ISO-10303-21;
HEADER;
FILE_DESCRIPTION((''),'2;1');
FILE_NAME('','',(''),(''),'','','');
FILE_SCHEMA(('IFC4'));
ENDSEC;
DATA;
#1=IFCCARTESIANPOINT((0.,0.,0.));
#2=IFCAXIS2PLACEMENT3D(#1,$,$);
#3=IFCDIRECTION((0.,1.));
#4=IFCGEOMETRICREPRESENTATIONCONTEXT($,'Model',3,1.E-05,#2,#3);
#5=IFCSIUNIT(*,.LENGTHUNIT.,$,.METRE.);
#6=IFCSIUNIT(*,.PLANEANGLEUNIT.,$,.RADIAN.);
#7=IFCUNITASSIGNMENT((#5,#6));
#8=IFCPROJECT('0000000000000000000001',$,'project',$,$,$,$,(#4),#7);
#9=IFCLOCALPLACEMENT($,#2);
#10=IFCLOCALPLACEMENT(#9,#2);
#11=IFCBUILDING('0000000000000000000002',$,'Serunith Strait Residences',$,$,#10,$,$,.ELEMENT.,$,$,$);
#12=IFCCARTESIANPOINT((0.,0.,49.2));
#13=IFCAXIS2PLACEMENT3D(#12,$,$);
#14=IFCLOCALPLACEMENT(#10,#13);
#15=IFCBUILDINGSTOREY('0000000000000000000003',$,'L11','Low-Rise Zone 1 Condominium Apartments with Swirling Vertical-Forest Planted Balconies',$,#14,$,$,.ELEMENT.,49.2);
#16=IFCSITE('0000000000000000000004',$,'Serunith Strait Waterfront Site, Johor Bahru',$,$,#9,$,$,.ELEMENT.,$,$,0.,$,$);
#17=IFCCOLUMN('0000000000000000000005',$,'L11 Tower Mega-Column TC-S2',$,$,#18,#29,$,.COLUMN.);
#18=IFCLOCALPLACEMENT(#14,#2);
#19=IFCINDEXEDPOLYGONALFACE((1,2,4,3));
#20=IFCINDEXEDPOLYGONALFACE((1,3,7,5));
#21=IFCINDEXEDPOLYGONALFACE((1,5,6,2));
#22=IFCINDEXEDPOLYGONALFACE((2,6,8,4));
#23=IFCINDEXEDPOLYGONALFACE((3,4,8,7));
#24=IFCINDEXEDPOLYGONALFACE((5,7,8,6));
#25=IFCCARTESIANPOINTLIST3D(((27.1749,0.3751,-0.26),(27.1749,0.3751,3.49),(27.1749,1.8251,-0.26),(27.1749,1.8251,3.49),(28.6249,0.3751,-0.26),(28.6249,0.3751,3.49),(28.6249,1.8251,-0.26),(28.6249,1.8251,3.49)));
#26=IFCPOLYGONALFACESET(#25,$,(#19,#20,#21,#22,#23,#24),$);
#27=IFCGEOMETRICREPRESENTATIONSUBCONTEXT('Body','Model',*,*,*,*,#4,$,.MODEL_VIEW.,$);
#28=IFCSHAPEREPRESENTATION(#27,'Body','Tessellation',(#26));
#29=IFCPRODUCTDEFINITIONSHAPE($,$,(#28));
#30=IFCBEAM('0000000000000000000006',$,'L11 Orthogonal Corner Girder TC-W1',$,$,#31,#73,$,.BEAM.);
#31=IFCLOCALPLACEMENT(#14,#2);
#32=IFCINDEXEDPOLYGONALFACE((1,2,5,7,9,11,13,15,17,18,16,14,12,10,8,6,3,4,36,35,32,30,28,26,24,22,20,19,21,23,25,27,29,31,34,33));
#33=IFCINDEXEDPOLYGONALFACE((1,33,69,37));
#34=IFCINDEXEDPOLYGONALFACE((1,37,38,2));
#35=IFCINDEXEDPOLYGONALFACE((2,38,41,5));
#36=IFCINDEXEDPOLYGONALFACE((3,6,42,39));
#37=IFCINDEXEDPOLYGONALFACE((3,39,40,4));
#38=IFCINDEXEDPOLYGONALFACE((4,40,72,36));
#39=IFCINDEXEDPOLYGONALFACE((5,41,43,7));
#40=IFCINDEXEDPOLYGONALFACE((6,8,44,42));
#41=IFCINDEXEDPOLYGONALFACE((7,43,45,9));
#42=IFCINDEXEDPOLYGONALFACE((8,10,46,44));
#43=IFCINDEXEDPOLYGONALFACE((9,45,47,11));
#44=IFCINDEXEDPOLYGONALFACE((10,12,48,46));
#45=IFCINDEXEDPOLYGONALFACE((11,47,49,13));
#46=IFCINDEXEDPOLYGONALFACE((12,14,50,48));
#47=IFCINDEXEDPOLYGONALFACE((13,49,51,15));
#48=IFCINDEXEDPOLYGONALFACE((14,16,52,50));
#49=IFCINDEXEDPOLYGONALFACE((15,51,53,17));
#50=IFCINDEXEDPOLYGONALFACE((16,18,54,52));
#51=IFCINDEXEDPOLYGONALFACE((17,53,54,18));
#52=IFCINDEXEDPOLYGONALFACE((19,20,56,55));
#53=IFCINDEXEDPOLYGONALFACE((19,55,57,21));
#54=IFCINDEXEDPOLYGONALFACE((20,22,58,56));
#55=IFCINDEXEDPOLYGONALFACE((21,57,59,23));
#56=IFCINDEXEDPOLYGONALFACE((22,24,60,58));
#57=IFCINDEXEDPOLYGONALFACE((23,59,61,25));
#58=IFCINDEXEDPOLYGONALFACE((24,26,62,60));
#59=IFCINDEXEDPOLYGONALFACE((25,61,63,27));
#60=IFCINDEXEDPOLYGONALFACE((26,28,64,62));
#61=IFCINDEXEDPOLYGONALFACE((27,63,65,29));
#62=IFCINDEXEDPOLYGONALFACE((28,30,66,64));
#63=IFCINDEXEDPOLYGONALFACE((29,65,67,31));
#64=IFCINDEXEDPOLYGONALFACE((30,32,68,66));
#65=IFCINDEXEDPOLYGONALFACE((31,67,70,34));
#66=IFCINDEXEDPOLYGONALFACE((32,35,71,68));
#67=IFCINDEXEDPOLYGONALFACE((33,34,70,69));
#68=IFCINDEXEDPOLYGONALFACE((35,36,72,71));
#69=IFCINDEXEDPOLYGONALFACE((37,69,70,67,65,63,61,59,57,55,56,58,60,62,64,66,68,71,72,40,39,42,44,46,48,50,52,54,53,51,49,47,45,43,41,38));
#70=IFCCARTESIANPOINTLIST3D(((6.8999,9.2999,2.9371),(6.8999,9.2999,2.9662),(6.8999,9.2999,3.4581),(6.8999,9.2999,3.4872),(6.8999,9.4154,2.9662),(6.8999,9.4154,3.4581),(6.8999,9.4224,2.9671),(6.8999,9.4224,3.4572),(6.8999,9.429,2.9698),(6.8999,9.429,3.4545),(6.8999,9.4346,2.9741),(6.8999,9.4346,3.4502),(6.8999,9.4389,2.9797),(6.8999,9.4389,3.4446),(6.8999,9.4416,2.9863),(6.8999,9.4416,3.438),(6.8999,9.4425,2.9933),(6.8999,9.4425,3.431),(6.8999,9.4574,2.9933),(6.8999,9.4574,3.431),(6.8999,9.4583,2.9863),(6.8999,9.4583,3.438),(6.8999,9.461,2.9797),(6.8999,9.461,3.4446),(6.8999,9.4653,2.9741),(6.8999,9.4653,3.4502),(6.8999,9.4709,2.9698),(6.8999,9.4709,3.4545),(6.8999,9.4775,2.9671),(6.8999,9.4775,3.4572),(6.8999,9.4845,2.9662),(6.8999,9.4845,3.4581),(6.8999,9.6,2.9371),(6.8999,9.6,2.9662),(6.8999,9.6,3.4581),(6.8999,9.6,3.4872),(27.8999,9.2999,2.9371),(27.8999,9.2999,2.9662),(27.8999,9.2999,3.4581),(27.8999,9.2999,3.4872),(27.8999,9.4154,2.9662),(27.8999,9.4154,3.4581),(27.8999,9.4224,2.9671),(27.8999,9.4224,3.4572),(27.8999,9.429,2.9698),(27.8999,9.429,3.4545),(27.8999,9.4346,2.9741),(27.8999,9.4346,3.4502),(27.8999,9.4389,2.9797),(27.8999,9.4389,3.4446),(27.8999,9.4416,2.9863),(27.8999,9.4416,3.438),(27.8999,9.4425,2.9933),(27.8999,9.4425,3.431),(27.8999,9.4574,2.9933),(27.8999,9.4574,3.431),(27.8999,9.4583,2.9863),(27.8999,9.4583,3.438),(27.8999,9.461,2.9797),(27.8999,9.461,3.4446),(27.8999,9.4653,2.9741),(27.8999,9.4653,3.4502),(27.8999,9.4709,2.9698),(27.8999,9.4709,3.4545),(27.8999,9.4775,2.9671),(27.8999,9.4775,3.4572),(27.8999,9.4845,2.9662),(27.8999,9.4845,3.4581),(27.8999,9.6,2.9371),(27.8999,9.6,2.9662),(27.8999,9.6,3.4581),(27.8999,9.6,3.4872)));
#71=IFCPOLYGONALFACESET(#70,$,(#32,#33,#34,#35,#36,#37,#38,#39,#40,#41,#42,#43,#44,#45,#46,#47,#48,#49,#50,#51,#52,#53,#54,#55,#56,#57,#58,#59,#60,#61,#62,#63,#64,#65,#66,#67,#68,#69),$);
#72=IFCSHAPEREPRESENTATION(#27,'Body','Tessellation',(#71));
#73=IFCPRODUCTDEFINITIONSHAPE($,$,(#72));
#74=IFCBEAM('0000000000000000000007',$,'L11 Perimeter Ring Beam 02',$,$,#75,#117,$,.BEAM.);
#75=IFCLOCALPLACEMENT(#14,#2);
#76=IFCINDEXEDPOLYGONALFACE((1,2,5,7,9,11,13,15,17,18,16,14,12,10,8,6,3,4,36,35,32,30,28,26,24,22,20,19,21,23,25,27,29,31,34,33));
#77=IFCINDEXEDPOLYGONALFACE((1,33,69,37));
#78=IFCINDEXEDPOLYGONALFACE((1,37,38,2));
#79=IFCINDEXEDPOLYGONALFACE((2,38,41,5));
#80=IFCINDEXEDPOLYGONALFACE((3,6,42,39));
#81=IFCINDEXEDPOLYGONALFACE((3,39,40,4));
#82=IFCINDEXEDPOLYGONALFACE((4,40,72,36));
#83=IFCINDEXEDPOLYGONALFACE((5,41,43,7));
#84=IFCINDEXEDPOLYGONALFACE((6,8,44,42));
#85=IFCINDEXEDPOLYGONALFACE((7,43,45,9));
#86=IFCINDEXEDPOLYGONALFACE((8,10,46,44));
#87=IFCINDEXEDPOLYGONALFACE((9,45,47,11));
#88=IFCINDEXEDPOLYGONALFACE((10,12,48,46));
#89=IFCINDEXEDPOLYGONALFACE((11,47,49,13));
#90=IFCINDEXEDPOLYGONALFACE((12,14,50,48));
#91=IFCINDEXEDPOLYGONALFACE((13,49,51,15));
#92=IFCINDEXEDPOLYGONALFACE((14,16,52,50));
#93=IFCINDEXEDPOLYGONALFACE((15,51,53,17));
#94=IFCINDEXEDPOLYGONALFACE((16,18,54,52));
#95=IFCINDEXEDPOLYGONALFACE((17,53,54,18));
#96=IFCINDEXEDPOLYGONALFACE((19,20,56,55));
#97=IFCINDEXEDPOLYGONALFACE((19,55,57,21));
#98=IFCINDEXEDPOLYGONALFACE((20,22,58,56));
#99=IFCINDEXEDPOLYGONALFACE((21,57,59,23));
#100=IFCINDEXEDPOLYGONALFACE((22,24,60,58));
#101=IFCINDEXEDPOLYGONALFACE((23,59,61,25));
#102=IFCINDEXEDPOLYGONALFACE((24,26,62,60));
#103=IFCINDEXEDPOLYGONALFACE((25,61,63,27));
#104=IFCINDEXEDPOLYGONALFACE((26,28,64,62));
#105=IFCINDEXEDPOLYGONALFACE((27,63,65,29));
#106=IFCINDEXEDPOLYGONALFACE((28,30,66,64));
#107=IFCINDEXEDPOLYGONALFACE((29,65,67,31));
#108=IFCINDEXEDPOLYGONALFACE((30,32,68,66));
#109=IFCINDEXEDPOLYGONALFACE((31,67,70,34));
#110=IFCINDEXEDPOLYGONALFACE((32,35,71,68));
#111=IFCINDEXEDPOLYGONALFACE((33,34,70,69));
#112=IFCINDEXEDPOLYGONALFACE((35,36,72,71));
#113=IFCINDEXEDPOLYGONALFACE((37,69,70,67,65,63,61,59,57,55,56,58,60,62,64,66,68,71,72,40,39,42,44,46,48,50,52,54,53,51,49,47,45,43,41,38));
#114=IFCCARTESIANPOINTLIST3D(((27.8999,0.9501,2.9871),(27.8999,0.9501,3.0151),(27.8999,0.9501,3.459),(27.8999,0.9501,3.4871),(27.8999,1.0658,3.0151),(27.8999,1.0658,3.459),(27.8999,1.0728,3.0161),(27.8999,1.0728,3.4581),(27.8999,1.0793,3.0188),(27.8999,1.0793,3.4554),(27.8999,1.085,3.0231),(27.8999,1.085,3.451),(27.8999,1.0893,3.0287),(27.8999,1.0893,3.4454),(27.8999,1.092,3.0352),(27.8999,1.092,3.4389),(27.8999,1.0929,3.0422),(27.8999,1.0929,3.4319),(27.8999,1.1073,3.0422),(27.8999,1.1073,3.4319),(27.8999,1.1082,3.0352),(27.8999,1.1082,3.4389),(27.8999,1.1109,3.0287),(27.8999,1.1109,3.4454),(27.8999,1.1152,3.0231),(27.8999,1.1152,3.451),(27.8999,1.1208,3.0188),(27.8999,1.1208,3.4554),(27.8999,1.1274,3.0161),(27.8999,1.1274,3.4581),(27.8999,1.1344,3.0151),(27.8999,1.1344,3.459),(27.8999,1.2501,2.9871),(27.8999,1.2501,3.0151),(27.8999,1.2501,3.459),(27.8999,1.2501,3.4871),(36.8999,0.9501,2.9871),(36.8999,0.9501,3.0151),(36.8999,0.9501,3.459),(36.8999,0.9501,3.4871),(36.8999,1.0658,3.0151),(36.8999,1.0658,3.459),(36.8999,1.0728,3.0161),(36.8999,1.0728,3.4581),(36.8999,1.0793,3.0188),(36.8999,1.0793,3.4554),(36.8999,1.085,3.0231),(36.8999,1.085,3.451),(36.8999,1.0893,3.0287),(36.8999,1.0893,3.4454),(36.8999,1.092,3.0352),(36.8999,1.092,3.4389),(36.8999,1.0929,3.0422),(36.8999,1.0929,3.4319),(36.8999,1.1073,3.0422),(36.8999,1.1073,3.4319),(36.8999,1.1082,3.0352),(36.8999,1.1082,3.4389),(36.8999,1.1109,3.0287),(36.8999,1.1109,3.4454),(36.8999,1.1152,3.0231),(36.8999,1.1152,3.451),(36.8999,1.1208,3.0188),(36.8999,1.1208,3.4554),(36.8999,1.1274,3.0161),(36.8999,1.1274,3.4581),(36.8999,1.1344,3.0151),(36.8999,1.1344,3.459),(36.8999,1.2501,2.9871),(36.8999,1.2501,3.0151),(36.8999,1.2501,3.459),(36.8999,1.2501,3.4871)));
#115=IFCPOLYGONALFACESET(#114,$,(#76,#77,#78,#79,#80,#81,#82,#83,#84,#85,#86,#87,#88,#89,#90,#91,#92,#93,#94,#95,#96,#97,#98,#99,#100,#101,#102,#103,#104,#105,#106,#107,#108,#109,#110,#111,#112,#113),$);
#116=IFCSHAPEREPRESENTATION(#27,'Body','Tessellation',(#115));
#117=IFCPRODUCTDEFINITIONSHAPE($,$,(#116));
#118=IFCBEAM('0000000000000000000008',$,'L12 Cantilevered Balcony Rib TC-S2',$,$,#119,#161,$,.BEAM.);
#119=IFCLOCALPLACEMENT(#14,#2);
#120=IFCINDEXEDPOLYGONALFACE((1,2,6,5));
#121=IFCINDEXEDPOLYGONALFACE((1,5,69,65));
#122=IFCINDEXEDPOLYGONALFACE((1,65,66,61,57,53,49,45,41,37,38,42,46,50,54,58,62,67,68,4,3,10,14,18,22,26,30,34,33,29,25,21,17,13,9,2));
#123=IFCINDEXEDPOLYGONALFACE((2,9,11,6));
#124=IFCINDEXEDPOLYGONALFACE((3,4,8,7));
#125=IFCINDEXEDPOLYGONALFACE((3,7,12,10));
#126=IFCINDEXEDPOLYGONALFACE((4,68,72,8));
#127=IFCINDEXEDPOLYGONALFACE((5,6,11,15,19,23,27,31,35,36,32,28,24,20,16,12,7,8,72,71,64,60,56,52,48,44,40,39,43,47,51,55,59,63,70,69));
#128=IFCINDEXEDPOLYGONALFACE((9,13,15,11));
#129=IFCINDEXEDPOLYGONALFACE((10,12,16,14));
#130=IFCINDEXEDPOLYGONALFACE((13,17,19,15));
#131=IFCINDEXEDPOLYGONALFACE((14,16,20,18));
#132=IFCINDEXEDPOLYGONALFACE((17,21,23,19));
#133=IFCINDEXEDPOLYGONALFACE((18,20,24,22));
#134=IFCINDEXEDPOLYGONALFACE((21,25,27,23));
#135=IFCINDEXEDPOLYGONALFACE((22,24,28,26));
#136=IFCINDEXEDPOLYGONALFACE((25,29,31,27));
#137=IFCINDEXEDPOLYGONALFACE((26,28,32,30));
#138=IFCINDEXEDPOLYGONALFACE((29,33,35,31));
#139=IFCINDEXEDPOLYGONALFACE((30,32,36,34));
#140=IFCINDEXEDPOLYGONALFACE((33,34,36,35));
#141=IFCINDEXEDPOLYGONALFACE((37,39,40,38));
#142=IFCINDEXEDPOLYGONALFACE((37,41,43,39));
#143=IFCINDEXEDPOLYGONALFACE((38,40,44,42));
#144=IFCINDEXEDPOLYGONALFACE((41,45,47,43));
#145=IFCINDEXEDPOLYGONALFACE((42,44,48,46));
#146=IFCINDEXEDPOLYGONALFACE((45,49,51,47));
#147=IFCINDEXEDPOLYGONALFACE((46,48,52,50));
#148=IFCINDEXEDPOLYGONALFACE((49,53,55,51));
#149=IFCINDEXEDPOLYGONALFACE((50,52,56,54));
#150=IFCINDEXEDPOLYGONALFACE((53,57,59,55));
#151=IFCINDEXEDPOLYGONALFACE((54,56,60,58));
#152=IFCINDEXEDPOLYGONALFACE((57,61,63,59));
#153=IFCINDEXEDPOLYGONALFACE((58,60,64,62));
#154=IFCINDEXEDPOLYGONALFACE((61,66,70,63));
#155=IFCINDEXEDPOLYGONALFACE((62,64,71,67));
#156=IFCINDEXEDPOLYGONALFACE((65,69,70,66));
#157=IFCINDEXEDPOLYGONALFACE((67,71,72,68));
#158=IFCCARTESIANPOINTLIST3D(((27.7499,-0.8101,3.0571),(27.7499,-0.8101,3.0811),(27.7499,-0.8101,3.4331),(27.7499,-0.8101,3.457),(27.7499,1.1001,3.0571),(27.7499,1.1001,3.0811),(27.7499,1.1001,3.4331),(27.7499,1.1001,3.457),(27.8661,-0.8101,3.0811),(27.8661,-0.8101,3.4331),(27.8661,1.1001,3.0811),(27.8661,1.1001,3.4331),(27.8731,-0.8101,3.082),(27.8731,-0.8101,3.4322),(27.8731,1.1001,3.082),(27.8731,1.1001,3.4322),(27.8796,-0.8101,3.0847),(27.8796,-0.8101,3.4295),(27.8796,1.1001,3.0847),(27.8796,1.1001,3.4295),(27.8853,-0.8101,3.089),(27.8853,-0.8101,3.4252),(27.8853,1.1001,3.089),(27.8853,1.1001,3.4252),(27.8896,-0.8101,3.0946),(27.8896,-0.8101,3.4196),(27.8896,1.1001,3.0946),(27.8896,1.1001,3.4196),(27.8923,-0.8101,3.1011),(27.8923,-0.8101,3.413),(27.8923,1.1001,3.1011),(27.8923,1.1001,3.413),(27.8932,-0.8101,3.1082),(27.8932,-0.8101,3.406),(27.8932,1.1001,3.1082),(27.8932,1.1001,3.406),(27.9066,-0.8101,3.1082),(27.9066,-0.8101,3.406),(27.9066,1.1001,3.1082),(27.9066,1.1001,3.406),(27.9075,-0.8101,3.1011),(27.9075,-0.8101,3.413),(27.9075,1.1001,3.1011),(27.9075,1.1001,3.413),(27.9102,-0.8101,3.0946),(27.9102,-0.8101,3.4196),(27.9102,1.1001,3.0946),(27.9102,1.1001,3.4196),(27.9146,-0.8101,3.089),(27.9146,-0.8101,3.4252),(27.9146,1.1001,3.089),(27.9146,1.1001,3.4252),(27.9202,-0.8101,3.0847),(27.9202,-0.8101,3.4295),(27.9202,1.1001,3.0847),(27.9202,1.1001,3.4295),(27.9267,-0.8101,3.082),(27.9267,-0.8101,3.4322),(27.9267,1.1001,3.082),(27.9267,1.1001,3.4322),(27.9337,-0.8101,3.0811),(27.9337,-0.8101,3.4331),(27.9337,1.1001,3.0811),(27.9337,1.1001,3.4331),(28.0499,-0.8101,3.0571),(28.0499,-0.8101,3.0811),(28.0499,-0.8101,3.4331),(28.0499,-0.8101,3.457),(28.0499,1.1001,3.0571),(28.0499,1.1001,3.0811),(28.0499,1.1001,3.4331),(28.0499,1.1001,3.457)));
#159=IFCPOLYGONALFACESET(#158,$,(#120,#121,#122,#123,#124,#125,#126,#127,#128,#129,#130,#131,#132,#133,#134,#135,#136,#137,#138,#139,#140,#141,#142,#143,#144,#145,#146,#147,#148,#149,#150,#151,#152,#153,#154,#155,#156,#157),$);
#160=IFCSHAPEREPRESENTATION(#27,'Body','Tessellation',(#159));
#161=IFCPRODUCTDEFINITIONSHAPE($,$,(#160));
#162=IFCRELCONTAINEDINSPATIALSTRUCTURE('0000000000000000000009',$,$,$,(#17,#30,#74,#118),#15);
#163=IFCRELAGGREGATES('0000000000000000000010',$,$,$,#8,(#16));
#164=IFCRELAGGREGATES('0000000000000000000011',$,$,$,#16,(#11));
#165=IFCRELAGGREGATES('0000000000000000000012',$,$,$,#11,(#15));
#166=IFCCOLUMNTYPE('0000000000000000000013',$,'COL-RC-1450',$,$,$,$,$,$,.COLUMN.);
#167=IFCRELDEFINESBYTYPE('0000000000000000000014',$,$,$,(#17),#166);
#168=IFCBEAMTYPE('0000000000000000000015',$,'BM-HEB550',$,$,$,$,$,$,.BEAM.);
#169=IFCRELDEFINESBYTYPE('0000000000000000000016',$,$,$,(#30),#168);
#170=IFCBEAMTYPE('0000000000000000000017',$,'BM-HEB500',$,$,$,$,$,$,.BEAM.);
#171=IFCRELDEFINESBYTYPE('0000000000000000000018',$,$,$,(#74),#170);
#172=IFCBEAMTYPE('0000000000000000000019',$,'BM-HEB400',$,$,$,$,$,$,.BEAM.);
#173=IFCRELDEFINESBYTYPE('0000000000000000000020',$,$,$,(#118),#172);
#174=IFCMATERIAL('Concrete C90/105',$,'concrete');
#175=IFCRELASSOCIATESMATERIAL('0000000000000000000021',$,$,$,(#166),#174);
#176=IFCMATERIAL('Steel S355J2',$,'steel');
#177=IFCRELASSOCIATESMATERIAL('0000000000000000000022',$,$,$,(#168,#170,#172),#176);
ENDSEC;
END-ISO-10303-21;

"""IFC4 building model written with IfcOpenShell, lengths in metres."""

from ifc_helpers import new_model, si_unit, direction, frame, origin, origin_2d, place, context, subcontext, project, spatial, rectangle, i_section, extrude, source, transform, mapped, material, material_profile, profile_set, type_object, element, save


model = new_model("IFC4")

# Units and contexts
model_context = context("Model", 3, precision=1e-05, world=origin(), true_north=direction((0.0, 1.0)))
body_context = subcontext(model_context, "Body", "Model", "MODEL_VIEW")
ifc_project = project(units=[si_unit("LENGTHUNIT", "METRE"), si_unit("PLANEANGLEUNIT", "RADIAN")], contexts=[model_context])

# Site, building, storey
site_placement = place(None, origin())
site = spatial("IfcSite", under=ifc_project, at=site_placement, Name="Serunith Strait Waterfront Site, Johor Bahru", CompositionType="ELEMENT", RefElevation=0.0)
building_placement = place(site_placement, origin())
building = spatial("IfcBuilding", under=site, at=building_placement, Name="Serunith Strait Residences", CompositionType="ELEMENT")
storey_placement = place(building_placement, frame((0.0, 0.0, 49.2)))
storey = spatial("IfcBuildingStorey", under=building, at=storey_placement, Name="L11", Description="Low-Rise Zone 1 Condominium Apartments with Swirling Vertical-Forest Planted Balconies", CompositionType="ELEMENT", Elevation=49.2)

# Column
ifc_material_1 = material(Name="Concrete C90/105", Category="concrete")
ifc_material_profile_1 = material_profile(ifc_material_1, rectangle(XDim=1.45, YDim=1.45, at=origin_2d()), Name="RC 1450x1450")
ifc_profile_set_1 = profile_set([ifc_material_profile_1], Name="Concrete C90/105")
column_type = type_object("IfcColumnType", Name="COL-RC-1450", PredefinedType="COLUMN", material=ifc_profile_set_1)
shared_shape_1 = source(origin(), body_context, "Body", "SweptSolid", [
    extrude(rectangle(XDim=1.45, YDim=1.45, at=origin_2d()), origin(), (0.0, 0.0, 1.0), 3.75),
])
column_placement = place(storey_placement, frame((27.8999, 1.1001, -0.26), z_axis=(0.0, 0.0, 1.0), x_axis=(1.0, 0.0, 0.0)))
element("IfcColumn", 1, at=column_placement, inside=storey, type_object=column_type, Name="L11 Tower Mega-Column TC-S2", PredefinedType="COLUMN", context=body_context, shape_type="MappedRepresentation", body=[
    mapped(shared_shape_1, transform((0.0, 0.0, 0.0), scale=1.0)),
])

# Beams
ifc_material_2 = material(Name="Steel S355J2", Category="steel")
ifc_material_profile_2 = material_profile(ifc_material_2, i_section(OverallWidth=0.3, OverallDepth=0.55, WebThickness=0.0149, FlangeThickness=0.0291, FilletRadius=0.0271, at=origin_2d()), Name="HEB 550")
ifc_profile_set_2 = profile_set([ifc_material_profile_2], Name="Steel S355J2")
beam_type_1 = type_object("IfcBeamType", Name="BM-HEB550", PredefinedType="BEAM", material=ifc_profile_set_2)
shared_shape_2 = source(origin(), body_context, "Body", "SweptSolid", [
    extrude(i_section(OverallWidth=0.3, OverallDepth=0.55, WebThickness=0.0149, FlangeThickness=0.0291, FilletRadius=0.0271, at=origin_2d()), origin(), (0.0, 0.0, 1.0), 21.0),
])
beam_1_placement = place(storey_placement, frame((27.8999, 9.45, 3.2122), z_axis=(-1.0, 0.0, 0.0), x_axis=(0.0, -1.0, 0.0)))
element("IfcBeam", 2, at=beam_1_placement, inside=storey, type_object=beam_type_1, Name="L11 Orthogonal Corner Girder TC-W1", PredefinedType="BEAM", context=body_context, shape_type="MappedRepresentation", body=[
    mapped(shared_shape_2, transform((0.0, 0.0, 0.0), scale=1.0)),
])
ifc_material_profile_3 = material_profile(ifc_material_2, i_section(OverallWidth=0.3, OverallDepth=0.5, WebThickness=0.0144, FlangeThickness=0.0281, FilletRadius=0.0271, at=origin_2d()), Name="HEB 500")
ifc_profile_set_3 = profile_set([ifc_material_profile_3], Name="Steel S355J2")
beam_type_2 = type_object("IfcBeamType", Name="BM-HEB500", PredefinedType="BEAM", material=ifc_profile_set_3)
shared_shape_3 = source(origin(), body_context, "Body", "SweptSolid", [
    extrude(i_section(OverallWidth=0.3, OverallDepth=0.5, WebThickness=0.0144, FlangeThickness=0.0281, FilletRadius=0.0271, at=origin_2d()), origin(), (0.0, 0.0, 1.0), 9.0),
])
beam_2_placement = place(storey_placement, frame((27.8999, 1.1001, 3.2371), z_axis=(1.0, 0.0, 0.0), x_axis=(0.0, 1.0, 0.0)))
element("IfcBeam", 3, at=beam_2_placement, inside=storey, type_object=beam_type_2, Name="L11 Perimeter Ring Beam 02", PredefinedType="BEAM", context=body_context, shape_type="MappedRepresentation", body=[
    mapped(shared_shape_3, transform((0.0, 0.0, 0.0), scale=1.0)),
])
ifc_material_profile_4 = material_profile(ifc_material_2, i_section(OverallWidth=0.3, OverallDepth=0.3999, WebThickness=0.0134, FlangeThickness=0.0239, FilletRadius=0.0271, at=origin_2d()), Name="HEB 400")
ifc_profile_set_4 = profile_set([ifc_material_profile_4], Name="Steel S355J2")
beam_type_3 = type_object("IfcBeamType", Name="BM-HEB400", PredefinedType="BEAM", material=ifc_profile_set_4)
shared_shape_4 = source(origin(), body_context, "Body", "SweptSolid", [
    extrude(i_section(OverallWidth=0.3, OverallDepth=0.3999, WebThickness=0.0134, FlangeThickness=0.0239, FilletRadius=0.0271, at=origin_2d()), origin(), (0.0, 0.0, 1.0), 1.9102),
])
beam_3_placement = place(storey_placement, frame((27.8999, 1.1001, 3.2571), z_axis=(0.0, -1.0, 0.0), x_axis=(1.0, 0.0, 0.0)))
element("IfcBeam", 4, at=beam_3_placement, inside=storey, type_object=beam_type_3, Name="L12 Cantilevered Balcony Rib TC-S2", PredefinedType="BEAM", context=body_context, shape_type="MappedRepresentation", body=[
    mapped(shared_shape_4, transform((0.0, 0.0, 0.0), scale=1.0)),
])

save(model, "model.ifc")
